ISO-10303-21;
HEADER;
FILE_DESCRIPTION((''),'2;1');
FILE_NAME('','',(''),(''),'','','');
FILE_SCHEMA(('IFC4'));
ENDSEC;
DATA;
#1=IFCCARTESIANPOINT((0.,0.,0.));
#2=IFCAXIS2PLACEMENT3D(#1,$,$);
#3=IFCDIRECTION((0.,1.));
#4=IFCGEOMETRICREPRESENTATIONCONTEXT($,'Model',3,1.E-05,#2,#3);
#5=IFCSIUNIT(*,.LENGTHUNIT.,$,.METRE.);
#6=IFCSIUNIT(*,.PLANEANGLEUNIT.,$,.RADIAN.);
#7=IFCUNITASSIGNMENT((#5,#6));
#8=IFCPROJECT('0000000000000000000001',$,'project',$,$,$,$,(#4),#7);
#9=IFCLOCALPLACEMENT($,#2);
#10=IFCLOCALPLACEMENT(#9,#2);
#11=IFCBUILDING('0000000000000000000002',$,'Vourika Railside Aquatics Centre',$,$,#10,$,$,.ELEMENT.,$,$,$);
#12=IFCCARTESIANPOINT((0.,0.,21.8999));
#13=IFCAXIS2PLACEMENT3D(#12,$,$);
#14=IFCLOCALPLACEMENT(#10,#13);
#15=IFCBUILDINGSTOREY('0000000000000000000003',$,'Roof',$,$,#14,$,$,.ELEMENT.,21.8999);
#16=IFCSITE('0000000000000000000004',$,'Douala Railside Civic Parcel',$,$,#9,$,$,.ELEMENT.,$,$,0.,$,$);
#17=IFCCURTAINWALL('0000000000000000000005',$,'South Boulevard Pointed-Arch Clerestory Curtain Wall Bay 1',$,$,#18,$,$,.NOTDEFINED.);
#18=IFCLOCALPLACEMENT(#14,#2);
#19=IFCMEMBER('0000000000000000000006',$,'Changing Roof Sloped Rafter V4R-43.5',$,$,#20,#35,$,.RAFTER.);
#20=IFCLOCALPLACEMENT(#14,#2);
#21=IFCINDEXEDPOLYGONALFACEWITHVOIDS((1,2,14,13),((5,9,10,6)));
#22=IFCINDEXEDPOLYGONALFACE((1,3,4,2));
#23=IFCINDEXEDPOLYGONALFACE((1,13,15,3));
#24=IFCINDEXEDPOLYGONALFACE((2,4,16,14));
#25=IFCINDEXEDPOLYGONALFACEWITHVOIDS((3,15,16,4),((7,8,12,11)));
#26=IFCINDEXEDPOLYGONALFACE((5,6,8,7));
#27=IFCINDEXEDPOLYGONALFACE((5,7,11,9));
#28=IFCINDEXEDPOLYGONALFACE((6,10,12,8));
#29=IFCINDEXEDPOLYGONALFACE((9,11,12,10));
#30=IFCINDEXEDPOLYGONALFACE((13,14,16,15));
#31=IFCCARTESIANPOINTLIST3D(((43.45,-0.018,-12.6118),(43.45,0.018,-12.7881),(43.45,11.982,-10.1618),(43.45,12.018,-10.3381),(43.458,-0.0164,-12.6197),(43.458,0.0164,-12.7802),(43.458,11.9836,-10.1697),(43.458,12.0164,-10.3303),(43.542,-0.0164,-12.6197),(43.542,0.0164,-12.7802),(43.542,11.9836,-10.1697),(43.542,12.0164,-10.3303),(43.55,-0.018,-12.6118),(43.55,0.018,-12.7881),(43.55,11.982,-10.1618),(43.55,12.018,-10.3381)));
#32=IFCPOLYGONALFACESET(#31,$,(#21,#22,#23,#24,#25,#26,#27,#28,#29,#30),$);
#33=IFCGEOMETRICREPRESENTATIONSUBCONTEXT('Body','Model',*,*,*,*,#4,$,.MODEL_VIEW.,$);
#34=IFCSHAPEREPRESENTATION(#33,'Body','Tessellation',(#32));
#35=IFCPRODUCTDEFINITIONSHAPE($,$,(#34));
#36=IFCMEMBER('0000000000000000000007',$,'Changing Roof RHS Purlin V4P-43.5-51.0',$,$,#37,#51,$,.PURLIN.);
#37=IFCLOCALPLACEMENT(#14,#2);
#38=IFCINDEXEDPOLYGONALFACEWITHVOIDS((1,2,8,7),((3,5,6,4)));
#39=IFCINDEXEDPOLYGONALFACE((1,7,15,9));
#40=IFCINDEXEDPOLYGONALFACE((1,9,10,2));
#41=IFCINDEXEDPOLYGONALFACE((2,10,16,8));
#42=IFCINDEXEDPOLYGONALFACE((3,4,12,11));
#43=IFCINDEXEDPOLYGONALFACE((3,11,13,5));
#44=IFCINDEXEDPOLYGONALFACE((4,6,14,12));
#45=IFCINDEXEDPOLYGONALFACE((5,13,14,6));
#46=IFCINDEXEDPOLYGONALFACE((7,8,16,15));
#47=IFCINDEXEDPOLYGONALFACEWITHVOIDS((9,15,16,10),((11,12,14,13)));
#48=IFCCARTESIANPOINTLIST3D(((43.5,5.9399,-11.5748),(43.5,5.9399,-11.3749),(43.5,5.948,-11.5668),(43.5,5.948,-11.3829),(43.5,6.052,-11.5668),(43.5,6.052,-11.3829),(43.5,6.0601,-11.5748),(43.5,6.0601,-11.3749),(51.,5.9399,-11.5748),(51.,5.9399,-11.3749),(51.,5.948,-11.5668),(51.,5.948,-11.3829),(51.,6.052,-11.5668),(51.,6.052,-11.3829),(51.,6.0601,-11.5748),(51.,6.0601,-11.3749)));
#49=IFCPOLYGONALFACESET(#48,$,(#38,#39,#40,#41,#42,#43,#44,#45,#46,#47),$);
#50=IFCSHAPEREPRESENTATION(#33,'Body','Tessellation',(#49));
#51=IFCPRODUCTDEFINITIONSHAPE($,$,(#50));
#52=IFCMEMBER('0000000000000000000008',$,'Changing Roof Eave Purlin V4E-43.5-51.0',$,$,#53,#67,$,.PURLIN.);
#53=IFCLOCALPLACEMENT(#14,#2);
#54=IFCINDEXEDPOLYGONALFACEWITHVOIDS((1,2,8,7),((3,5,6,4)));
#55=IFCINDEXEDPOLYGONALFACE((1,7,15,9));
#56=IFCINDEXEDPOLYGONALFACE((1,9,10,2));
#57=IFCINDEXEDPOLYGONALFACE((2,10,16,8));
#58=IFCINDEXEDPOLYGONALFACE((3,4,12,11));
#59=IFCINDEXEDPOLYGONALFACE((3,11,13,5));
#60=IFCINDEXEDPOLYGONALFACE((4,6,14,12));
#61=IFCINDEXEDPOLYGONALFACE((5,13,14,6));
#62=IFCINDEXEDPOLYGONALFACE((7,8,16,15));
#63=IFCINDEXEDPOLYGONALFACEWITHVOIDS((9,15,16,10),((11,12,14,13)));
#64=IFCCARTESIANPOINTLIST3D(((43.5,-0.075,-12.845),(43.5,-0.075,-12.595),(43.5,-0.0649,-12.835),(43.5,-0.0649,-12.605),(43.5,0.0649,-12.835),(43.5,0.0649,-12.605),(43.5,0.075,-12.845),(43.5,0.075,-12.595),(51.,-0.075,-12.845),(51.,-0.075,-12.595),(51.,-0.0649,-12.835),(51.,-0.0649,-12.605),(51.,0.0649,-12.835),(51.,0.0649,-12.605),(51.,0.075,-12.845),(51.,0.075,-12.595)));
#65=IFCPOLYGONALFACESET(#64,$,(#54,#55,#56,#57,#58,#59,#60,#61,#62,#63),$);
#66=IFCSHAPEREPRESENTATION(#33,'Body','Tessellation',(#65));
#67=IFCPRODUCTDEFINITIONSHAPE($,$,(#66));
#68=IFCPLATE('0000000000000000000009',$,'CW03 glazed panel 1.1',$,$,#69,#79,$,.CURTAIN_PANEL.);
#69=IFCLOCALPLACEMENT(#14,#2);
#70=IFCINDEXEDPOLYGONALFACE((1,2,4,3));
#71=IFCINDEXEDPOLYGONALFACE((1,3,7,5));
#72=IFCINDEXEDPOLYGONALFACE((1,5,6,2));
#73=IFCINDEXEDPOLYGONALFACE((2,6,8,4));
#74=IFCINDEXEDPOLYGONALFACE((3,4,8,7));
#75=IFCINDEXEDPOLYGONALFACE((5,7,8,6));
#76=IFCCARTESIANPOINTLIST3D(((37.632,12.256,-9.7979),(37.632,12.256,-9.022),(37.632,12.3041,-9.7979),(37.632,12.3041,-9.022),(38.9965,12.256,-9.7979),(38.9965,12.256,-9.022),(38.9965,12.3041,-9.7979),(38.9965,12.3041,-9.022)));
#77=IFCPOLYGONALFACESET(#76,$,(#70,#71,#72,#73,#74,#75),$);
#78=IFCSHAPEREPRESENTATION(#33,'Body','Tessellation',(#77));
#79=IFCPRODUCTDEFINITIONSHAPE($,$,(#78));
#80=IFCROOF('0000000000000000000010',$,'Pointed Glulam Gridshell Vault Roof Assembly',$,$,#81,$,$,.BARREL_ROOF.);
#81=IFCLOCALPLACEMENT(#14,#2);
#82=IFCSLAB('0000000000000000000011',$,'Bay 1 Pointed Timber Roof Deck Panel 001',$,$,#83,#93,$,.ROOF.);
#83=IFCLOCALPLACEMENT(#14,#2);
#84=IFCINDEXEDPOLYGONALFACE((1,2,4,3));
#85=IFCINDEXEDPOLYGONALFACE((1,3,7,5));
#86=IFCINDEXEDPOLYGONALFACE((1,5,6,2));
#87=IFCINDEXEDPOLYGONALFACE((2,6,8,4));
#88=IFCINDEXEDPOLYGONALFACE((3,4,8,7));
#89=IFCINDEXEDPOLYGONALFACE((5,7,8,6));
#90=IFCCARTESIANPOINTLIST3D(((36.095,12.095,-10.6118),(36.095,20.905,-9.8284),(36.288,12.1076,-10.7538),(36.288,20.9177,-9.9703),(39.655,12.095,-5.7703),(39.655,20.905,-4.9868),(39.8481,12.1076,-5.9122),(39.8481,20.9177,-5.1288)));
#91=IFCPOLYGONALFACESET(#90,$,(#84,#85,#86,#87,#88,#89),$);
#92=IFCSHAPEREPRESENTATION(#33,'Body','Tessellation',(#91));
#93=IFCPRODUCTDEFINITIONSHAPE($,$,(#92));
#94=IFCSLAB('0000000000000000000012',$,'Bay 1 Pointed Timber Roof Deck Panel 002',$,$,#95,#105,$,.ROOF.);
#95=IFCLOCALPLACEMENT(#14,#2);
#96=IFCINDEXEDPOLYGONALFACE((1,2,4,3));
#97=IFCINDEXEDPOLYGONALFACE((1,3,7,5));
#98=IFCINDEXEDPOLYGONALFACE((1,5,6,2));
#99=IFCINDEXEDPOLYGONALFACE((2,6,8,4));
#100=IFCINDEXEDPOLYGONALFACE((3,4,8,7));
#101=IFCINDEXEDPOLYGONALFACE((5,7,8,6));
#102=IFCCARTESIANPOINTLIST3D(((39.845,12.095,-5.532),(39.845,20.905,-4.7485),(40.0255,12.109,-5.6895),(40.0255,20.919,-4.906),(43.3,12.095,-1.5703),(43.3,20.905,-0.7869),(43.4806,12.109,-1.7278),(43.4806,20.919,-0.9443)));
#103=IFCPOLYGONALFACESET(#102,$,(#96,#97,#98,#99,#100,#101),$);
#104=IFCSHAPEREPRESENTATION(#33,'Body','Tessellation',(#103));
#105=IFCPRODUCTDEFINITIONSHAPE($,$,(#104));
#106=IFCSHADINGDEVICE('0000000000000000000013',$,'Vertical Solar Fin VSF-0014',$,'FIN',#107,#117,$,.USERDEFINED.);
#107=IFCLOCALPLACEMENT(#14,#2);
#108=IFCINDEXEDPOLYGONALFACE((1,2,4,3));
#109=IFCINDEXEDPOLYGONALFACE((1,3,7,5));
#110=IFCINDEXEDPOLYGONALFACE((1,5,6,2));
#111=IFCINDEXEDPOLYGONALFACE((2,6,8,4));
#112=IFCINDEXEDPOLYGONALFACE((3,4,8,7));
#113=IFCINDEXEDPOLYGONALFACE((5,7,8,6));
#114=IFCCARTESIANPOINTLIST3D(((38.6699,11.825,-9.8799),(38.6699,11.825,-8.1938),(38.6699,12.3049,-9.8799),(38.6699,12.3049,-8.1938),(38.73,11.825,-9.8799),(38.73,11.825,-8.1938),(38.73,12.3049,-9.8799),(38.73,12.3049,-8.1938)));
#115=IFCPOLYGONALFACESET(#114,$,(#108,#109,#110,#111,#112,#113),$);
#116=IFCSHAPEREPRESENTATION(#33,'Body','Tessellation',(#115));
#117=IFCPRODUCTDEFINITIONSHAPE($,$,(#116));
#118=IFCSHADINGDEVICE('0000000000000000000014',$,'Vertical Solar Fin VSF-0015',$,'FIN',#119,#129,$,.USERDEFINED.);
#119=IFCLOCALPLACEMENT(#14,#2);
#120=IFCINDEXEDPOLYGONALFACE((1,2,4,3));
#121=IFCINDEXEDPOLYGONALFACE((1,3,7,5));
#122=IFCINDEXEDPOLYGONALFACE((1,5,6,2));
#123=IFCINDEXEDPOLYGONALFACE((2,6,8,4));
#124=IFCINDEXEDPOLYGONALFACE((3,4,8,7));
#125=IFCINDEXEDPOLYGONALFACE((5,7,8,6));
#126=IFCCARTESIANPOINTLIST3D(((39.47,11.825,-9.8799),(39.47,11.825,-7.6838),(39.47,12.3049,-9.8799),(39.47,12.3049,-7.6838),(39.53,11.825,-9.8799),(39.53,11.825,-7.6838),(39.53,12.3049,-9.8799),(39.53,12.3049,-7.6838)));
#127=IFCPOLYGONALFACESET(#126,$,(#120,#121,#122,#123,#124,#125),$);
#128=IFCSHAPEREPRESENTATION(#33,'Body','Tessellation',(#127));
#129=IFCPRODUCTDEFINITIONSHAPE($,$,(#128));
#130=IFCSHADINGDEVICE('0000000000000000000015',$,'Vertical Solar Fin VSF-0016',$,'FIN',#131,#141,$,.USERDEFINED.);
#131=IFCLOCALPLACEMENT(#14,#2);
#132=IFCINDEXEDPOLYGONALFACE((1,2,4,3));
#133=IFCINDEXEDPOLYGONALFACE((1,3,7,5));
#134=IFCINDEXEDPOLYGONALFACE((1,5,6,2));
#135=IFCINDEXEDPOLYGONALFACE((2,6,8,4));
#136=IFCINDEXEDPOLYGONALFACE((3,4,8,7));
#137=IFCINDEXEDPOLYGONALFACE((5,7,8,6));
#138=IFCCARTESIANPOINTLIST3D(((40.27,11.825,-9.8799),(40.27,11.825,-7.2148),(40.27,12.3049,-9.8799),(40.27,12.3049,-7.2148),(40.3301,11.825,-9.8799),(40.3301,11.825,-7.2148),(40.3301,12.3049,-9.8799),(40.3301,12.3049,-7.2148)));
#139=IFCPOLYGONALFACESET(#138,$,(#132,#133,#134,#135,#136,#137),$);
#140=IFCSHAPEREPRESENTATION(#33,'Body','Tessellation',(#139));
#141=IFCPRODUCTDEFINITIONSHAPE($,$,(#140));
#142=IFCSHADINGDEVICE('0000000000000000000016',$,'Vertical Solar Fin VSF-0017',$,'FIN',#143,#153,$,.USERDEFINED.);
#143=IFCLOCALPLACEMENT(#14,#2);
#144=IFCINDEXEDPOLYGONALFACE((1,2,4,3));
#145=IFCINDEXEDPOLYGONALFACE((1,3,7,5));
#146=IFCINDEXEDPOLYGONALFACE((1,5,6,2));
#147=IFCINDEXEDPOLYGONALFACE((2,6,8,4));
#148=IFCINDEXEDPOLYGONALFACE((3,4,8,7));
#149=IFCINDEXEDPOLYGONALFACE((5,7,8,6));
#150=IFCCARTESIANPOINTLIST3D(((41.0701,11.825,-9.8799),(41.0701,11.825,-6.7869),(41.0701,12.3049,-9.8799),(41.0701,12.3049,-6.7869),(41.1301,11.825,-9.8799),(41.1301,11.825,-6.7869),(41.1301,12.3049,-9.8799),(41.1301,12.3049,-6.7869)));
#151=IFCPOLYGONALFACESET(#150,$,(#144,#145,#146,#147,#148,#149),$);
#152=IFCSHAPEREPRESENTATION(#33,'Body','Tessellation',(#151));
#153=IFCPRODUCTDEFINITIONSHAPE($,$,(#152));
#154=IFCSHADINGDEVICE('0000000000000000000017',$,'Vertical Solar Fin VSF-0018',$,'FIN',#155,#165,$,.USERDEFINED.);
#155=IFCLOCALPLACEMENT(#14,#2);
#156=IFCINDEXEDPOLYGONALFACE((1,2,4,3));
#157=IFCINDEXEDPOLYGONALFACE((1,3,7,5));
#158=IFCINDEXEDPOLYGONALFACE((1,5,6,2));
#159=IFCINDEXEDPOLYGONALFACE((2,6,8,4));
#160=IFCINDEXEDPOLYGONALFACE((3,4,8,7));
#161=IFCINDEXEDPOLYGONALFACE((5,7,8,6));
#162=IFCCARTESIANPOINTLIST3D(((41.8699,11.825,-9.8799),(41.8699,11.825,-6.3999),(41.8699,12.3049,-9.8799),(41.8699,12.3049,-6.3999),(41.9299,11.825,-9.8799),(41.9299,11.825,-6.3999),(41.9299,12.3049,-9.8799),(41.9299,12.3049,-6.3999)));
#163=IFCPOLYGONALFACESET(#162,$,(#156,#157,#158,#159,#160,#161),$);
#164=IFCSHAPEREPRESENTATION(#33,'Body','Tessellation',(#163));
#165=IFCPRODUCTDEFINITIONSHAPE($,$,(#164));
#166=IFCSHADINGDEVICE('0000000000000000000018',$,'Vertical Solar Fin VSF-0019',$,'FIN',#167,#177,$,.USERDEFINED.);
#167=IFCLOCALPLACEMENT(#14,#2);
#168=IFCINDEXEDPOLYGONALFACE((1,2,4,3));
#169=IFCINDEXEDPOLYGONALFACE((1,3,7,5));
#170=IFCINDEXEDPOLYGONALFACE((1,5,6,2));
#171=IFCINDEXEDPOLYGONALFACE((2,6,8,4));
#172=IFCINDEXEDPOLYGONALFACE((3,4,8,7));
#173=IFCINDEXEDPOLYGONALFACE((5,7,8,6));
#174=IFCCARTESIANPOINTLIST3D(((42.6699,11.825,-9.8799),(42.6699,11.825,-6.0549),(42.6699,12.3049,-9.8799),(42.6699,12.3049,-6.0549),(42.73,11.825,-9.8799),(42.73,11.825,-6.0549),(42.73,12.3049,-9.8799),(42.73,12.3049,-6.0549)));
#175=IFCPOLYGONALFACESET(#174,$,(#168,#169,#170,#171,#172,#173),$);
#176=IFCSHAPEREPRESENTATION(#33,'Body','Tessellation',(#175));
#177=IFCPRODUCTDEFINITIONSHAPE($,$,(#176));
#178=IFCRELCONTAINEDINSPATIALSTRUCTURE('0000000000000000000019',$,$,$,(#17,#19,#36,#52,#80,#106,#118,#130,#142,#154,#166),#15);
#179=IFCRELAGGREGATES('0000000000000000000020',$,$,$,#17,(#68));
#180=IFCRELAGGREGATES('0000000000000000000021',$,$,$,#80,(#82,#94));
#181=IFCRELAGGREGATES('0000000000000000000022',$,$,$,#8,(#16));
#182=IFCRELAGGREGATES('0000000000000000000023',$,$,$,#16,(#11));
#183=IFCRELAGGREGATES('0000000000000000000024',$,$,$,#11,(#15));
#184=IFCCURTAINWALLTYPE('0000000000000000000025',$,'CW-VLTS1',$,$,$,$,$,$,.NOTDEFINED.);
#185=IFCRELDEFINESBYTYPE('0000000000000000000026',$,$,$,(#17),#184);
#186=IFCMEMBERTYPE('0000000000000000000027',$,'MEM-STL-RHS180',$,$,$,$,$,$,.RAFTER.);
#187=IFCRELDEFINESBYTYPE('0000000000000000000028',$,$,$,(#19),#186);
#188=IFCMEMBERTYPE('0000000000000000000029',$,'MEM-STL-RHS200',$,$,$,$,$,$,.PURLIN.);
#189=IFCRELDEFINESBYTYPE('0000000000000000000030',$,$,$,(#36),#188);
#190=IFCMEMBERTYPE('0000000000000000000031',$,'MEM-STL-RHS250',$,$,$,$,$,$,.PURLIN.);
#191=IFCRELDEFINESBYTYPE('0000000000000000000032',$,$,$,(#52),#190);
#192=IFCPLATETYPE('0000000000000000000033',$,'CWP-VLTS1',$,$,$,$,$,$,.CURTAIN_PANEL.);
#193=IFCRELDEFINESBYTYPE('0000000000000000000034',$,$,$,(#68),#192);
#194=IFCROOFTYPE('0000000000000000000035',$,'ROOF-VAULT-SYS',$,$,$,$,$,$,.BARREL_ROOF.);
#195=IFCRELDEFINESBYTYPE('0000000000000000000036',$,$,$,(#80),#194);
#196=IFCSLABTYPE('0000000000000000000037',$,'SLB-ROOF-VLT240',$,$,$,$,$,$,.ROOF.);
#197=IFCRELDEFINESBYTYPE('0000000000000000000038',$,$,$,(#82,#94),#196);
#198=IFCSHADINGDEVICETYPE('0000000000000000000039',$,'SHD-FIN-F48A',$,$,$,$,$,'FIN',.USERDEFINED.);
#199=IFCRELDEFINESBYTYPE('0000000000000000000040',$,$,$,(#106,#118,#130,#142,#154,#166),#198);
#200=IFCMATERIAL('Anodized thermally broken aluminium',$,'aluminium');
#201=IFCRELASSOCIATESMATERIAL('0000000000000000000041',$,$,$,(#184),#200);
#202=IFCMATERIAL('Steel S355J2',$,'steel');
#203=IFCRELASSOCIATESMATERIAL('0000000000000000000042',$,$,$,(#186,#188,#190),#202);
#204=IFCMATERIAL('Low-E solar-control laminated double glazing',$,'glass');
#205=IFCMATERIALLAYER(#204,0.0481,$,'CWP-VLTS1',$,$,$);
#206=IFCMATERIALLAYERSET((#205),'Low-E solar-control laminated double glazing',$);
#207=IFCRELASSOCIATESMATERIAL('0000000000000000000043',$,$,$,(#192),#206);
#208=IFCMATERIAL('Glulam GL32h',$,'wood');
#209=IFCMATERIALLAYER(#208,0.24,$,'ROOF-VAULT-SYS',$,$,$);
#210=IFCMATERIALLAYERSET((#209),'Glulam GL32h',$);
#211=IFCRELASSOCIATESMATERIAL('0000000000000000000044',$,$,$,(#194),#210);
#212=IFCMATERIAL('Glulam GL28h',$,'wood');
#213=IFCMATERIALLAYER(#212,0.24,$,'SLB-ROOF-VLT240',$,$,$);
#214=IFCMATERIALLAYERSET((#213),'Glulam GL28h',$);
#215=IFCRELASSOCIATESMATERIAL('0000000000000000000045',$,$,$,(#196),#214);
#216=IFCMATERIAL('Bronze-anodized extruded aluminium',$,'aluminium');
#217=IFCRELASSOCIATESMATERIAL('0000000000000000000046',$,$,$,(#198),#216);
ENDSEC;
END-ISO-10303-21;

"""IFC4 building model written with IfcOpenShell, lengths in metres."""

from ifc_helpers import new_model, si_unit, direction, frame, origin, origin_2d, place, context, subcontext, project, spatial, polyline, rectangle, hollow_rectangle, outline, extrude, material, layer, layer_set, material_profile, profile_set, type_object, element, aggregate, save


model = new_model("IFC4")

# Units and contexts
model_context = context("Model", 3, precision=1e-05, world=origin(), true_north=direction((0.0, 1.0)))
body_context = subcontext(model_context, "Body", "Model", "MODEL_VIEW")
ifc_project = project(units=[si_unit("LENGTHUNIT", "METRE"), si_unit("PLANEANGLEUNIT", "RADIAN")], contexts=[model_context])

# Site, building, storey
site_placement = place(None, origin())
site = spatial("IfcSite", under=ifc_project, at=site_placement, Name="Douala Railside Civic Parcel", CompositionType="ELEMENT", RefElevation=0.0)
building_placement = place(site_placement, origin())
building = spatial("IfcBuilding", under=site, at=building_placement, Name="Vourika Railside Aquatics Centre", CompositionType="ELEMENT")
storey_placement = place(building_placement, frame((0.0, 0.0, 21.8999)))
storey = spatial("IfcBuildingStorey", under=building, at=storey_placement, Name="Roof", CompositionType="ELEMENT", Elevation=21.8999)

# Shared definitions
ifc_material_1 = material(Name="Steel S355J2", Category="steel")

# Shared definitions
ifc_material_2 = material(Name="Glulam GL32h", Category="wood")

# Curtain wall
ifc_material_3 = material(Name="Anodized thermally broken aluminium", Category="aluminium")
curtain_wall_type = type_object("IfcCurtainWallType", Name="CW-VLTS1", PredefinedType="NOTDEFINED", material=ifc_material_3)
curtain_wall_placement = place(storey_placement, origin())
curtain_wall = element("IfcCurtainWall", 1, at=curtain_wall_placement, inside=storey, type_object=curtain_wall_type, Name="South Boulevard Pointed-Arch Clerestory Curtain Wall Bay 1", PredefinedType="NOTDEFINED")

# Members
ifc_material_4 = material(Name="Glulam GL28h", Category="wood")
ifc_material_profile_1 = material_profile(ifc_material_1, hollow_rectangle(XDim=0.1001, YDim=0.1799, WallThickness=0.0081, at=origin_2d()), Name="RHS 180x100x8")
ifc_profile_set_1 = profile_set([ifc_material_profile_1], Name="Steel S355J2")
member_type_1 = type_object("IfcMemberType", Name="MEM-STL-RHS180", PredefinedType="RAFTER", material=ifc_profile_set_1)
member_1_placement = place(storey_placement, frame((43.5, 0.0, -12.7), z_axis=(0.0, 0.979789, 0.200036), x_axis=(-1.0, 0.0, 0.0)))
element("IfcMember", 2, at=member_1_placement, inside=storey, type_object=member_type_1, Name="Changing Roof Sloped Rafter V4R-43.5", PredefinedType="RAFTER", context=body_context, shape_type="SweptSolid", body=[
    extrude(hollow_rectangle(XDim=0.1001, YDim=0.1799, WallThickness=0.0081, at=origin_2d()), origin(), (0.0, 0.0, 1.0), 12.2476),
])
ifc_material_profile_2 = material_profile(ifc_material_1, hollow_rectangle(XDim=0.1201, YDim=0.2, WallThickness=0.0081, at=origin_2d()), Name="RHS 200x120x8")
ifc_profile_set_2 = profile_set([ifc_material_profile_2], Name="Steel S355J2")
member_type_2 = type_object("IfcMemberType", Name="MEM-STL-RHS200", PredefinedType="PURLIN", material=ifc_profile_set_2)
member_2_placement = place(storey_placement, frame((43.5, 6.0, -11.4749), z_axis=(1.0, 0.0, 0.0), x_axis=(0.0, 1.0, 0.0)))
element("IfcMember", 3, at=member_2_placement, inside=storey, type_object=member_type_2, Name="Changing Roof RHS Purlin V4P-43.5-51.0", PredefinedType="PURLIN", context=body_context, shape_type="SweptSolid", body=[
    extrude(hollow_rectangle(XDim=0.1201, YDim=0.2, WallThickness=0.0081, at=origin_2d()), origin(), (0.0, 0.0, 1.0), 7.5),
])
ifc_material_profile_3 = material_profile(ifc_material_1, hollow_rectangle(XDim=0.1499, YDim=0.25, WallThickness=0.01, at=origin_2d()), Name="RHS 250x150x10")
ifc_profile_set_3 = profile_set([ifc_material_profile_3], Name="Steel S355J2")
member_type_3 = type_object("IfcMemberType", Name="MEM-STL-RHS250", PredefinedType="PURLIN", material=ifc_profile_set_3)
member_3_placement = place(storey_placement, frame((43.5, 0.0, -12.72), z_axis=(1.0, 0.0, 0.0), x_axis=(0.0, 1.0, 0.0)))
element("IfcMember", 4, at=member_3_placement, inside=storey, type_object=member_type_3, Name="Changing Roof Eave Purlin V4E-43.5-51.0", PredefinedType="PURLIN", context=body_context, shape_type="SweptSolid", body=[
    extrude(hollow_rectangle(XDim=0.1499, YDim=0.25, WallThickness=0.01, at=origin_2d()), origin(), (0.0, 0.0, 1.0), 7.5),
])

# Plate
ifc_material_5 = material(Name="Low-E solar-control laminated double glazing", Category="glass")
ifc_layer_1 = layer(ifc_material_5, 0.0481, Name="CWP-VLTS1")
ifc_layer_set_1 = layer_set([ifc_layer_1], Name="Low-E solar-control laminated double glazing")
plate_type = type_object("IfcPlateType", Name="CWP-VLTS1", PredefinedType="CURTAIN_PANEL", material=ifc_layer_set_1)
plate_placement = place(storey_placement, frame((38.3142, 12.28, -9.7979), z_axis=(0.0, 0.0, 1.0), x_axis=(1.0, 0.0, 0.0)))
plate = element("IfcPlate", 5, at=plate_placement, type_object=plate_type, Name="CW03 glazed panel 1.1", PredefinedType="CURTAIN_PANEL", context=body_context, shape_type="SweptSolid", body=[
    extrude(rectangle(XDim=1.3645, YDim=0.0481, at=origin_2d()), origin(), (0.0, 0.0, 1.0), 0.7759),
])
aggregate(curtain_wall, [plate])

# Roof, slabs
ifc_layer_2 = layer(ifc_material_2, 0.24, Name="ROOF-VAULT-SYS")
ifc_layer_set_2 = layer_set([ifc_layer_2], Name="Glulam GL32h")
roof_type = type_object("IfcRoofType", Name="ROOF-VAULT-SYS", PredefinedType="BARREL_ROOF", material=ifc_layer_set_2)
roof_placement = place(storey_placement, origin())
roof = element("IfcRoof", 6, at=roof_placement, inside=storey, type_object=roof_type, Name="Pointed Glulam Gridshell Vault Roof Assembly", PredefinedType="BARREL_ROOF")
ifc_layer_3 = layer(ifc_material_4, 0.24, Name="SLB-ROOF-VLT240")
ifc_layer_set_3 = layer_set([ifc_layer_3], Name="Glulam GL28h")
slab_type = type_object("IfcSlabType", Name="SLB-ROOF-VLT240", PredefinedType="ROOF", material=ifc_layer_set_3)
slab_1_placement = place(storey_placement, frame((36.095, 12.095, -10.6118), z_axis=(-0.804528, -0.052607, 0.59158), x_axis=(0.592401, 0.0, 0.805644)))
slab_1 = element("IfcSlab", 7, at=slab_1_placement, type_object=slab_type, Name="Bay 1 Pointed Timber Roof Deck Panel 001", PredefinedType="ROOF", context=body_context, shape_type="SweptSolid", body=[
    extrude(outline(polyline([(0.0, 0.0), (6.0095, 0.0), (6.6407, 8.8223), (0.6312, 8.8223), (0.0, 0.0)])), origin(), (0.0, 0.0, -1.0), 0.24),
])
slab_2_placement = place(storey_placement, frame((39.845, 12.095, -5.532), z_axis=(-0.752365, -0.05835, 0.656157), x_axis=(0.657277, 0.0, 0.753649)))
slab_2 = element("IfcSlab", 8, at=slab_2_placement, type_object=slab_type, Name="Bay 1 Pointed Timber Roof Deck Panel 002", PredefinedType="ROOF", context=body_context, shape_type="SweptSolid", body=[
    extrude(outline(polyline([(0.0, 0.0), (5.2567, 0.0), (5.8471, 8.8251), (0.5904, 8.8251), (0.0, 0.0)])), origin(), (0.0, 0.0, -1.0), 0.24),
])
aggregate(roof, [slab_1, slab_2])

# Shading devices
ifc_material_6 = material(Name="Bronze-anodized extruded aluminium", Category="aluminium")
ifc_material_profile_4 = material_profile(ifc_material_6, rectangle(XDim=0.0601, YDim=0.48, at=origin_2d()), Name="ALU-FIN 60x480")
ifc_profile_set_4 = profile_set([ifc_material_profile_4], Name="Bronze-anodized extruded aluminium")
shading_device_type = type_object("IfcShadingDeviceType", Name="SHD-FIN-F48A", ElementType="FIN", PredefinedType="USERDEFINED", material=ifc_profile_set_4)
shading_device_1_placement = place(storey_placement, frame((38.7, 12.0649, -9.8799), z_axis=(0.0, 0.0, 1.0), x_axis=(-1.0, 0.0, 0.0)))
element("IfcShadingDevice", 9, at=shading_device_1_placement, inside=storey, type_object=shading_device_type, Name="Vertical Solar Fin VSF-0014", ObjectType="FIN", PredefinedType="USERDEFINED", context=body_context, shape_type="SweptSolid", body=[
    extrude(rectangle(XDim=0.0601, YDim=0.48, at=origin_2d()), origin(), (0.0, 0.0, 1.0), 1.686),
])
shading_device_2_placement = place(storey_placement, frame((39.5, 12.0649, -9.8799), z_axis=(0.0, 0.0, 1.0), x_axis=(-1.0, 0.0, 0.0)))
element("IfcShadingDevice", 10, at=shading_device_2_placement, inside=storey, type_object=shading_device_type, Name="Vertical Solar Fin VSF-0015", ObjectType="FIN", PredefinedType="USERDEFINED", context=body_context, shape_type="SweptSolid", body=[
    extrude(rectangle(XDim=0.0601, YDim=0.48, at=origin_2d()), origin(), (0.0, 0.0, 1.0), 2.196),
])
shading_device_3_placement = place(storey_placement, frame((40.3, 12.0649, -9.8799), z_axis=(0.0, 0.0, 1.0), x_axis=(-1.0, 0.0, 0.0)))
element("IfcShadingDevice", 11, at=shading_device_3_placement, inside=storey, type_object=shading_device_type, Name="Vertical Solar Fin VSF-0016", ObjectType="FIN", PredefinedType="USERDEFINED", context=body_context, shape_type="SweptSolid", body=[
    extrude(rectangle(XDim=0.0601, YDim=0.48, at=origin_2d()), origin(), (0.0, 0.0, 1.0), 2.665),
])
shading_device_4_placement = place(storey_placement, frame((41.1001, 12.0649, -9.8799), z_axis=(0.0, 0.0, 1.0), x_axis=(-1.0, 0.0, 0.0)))
element("IfcShadingDevice", 12, at=shading_device_4_placement, inside=storey, type_object=shading_device_type, Name="Vertical Solar Fin VSF-0017", ObjectType="FIN", PredefinedType="USERDEFINED", context=body_context, shape_type="SweptSolid", body=[
    extrude(rectangle(XDim=0.0601, YDim=0.48, at=origin_2d()), origin(), (0.0, 0.0, 1.0), 3.093),
])
shading_device_5_placement = place(storey_placement, frame((41.8999, 12.0649, -9.8799), z_axis=(0.0, 0.0, 1.0), x_axis=(-1.0, 0.0, 0.0)))
element("IfcShadingDevice", 13, at=shading_device_5_placement, inside=storey, type_object=shading_device_type, Name="Vertical Solar Fin VSF-0018", ObjectType="FIN", PredefinedType="USERDEFINED", context=body_context, shape_type="SweptSolid", body=[
    extrude(rectangle(XDim=0.0601, YDim=0.48, at=origin_2d()), origin(), (0.0, 0.0, 1.0), 3.48),
])
shading_device_6_placement = place(storey_placement, frame((42.7, 12.0649, -9.8799), z_axis=(0.0, 0.0, 1.0), x_axis=(-1.0, 0.0, 0.0)))
element("IfcShadingDevice", 14, at=shading_device_6_placement, inside=storey, type_object=shading_device_type, Name="Vertical Solar Fin VSF-0019", ObjectType="FIN", PredefinedType="USERDEFINED", context=body_context, shape_type="SweptSolid", body=[
    extrude(rectangle(XDim=0.0601, YDim=0.48, at=origin_2d()), origin(), (0.0, 0.0, 1.0), 3.825),
])

save(model, "model.ifc")
